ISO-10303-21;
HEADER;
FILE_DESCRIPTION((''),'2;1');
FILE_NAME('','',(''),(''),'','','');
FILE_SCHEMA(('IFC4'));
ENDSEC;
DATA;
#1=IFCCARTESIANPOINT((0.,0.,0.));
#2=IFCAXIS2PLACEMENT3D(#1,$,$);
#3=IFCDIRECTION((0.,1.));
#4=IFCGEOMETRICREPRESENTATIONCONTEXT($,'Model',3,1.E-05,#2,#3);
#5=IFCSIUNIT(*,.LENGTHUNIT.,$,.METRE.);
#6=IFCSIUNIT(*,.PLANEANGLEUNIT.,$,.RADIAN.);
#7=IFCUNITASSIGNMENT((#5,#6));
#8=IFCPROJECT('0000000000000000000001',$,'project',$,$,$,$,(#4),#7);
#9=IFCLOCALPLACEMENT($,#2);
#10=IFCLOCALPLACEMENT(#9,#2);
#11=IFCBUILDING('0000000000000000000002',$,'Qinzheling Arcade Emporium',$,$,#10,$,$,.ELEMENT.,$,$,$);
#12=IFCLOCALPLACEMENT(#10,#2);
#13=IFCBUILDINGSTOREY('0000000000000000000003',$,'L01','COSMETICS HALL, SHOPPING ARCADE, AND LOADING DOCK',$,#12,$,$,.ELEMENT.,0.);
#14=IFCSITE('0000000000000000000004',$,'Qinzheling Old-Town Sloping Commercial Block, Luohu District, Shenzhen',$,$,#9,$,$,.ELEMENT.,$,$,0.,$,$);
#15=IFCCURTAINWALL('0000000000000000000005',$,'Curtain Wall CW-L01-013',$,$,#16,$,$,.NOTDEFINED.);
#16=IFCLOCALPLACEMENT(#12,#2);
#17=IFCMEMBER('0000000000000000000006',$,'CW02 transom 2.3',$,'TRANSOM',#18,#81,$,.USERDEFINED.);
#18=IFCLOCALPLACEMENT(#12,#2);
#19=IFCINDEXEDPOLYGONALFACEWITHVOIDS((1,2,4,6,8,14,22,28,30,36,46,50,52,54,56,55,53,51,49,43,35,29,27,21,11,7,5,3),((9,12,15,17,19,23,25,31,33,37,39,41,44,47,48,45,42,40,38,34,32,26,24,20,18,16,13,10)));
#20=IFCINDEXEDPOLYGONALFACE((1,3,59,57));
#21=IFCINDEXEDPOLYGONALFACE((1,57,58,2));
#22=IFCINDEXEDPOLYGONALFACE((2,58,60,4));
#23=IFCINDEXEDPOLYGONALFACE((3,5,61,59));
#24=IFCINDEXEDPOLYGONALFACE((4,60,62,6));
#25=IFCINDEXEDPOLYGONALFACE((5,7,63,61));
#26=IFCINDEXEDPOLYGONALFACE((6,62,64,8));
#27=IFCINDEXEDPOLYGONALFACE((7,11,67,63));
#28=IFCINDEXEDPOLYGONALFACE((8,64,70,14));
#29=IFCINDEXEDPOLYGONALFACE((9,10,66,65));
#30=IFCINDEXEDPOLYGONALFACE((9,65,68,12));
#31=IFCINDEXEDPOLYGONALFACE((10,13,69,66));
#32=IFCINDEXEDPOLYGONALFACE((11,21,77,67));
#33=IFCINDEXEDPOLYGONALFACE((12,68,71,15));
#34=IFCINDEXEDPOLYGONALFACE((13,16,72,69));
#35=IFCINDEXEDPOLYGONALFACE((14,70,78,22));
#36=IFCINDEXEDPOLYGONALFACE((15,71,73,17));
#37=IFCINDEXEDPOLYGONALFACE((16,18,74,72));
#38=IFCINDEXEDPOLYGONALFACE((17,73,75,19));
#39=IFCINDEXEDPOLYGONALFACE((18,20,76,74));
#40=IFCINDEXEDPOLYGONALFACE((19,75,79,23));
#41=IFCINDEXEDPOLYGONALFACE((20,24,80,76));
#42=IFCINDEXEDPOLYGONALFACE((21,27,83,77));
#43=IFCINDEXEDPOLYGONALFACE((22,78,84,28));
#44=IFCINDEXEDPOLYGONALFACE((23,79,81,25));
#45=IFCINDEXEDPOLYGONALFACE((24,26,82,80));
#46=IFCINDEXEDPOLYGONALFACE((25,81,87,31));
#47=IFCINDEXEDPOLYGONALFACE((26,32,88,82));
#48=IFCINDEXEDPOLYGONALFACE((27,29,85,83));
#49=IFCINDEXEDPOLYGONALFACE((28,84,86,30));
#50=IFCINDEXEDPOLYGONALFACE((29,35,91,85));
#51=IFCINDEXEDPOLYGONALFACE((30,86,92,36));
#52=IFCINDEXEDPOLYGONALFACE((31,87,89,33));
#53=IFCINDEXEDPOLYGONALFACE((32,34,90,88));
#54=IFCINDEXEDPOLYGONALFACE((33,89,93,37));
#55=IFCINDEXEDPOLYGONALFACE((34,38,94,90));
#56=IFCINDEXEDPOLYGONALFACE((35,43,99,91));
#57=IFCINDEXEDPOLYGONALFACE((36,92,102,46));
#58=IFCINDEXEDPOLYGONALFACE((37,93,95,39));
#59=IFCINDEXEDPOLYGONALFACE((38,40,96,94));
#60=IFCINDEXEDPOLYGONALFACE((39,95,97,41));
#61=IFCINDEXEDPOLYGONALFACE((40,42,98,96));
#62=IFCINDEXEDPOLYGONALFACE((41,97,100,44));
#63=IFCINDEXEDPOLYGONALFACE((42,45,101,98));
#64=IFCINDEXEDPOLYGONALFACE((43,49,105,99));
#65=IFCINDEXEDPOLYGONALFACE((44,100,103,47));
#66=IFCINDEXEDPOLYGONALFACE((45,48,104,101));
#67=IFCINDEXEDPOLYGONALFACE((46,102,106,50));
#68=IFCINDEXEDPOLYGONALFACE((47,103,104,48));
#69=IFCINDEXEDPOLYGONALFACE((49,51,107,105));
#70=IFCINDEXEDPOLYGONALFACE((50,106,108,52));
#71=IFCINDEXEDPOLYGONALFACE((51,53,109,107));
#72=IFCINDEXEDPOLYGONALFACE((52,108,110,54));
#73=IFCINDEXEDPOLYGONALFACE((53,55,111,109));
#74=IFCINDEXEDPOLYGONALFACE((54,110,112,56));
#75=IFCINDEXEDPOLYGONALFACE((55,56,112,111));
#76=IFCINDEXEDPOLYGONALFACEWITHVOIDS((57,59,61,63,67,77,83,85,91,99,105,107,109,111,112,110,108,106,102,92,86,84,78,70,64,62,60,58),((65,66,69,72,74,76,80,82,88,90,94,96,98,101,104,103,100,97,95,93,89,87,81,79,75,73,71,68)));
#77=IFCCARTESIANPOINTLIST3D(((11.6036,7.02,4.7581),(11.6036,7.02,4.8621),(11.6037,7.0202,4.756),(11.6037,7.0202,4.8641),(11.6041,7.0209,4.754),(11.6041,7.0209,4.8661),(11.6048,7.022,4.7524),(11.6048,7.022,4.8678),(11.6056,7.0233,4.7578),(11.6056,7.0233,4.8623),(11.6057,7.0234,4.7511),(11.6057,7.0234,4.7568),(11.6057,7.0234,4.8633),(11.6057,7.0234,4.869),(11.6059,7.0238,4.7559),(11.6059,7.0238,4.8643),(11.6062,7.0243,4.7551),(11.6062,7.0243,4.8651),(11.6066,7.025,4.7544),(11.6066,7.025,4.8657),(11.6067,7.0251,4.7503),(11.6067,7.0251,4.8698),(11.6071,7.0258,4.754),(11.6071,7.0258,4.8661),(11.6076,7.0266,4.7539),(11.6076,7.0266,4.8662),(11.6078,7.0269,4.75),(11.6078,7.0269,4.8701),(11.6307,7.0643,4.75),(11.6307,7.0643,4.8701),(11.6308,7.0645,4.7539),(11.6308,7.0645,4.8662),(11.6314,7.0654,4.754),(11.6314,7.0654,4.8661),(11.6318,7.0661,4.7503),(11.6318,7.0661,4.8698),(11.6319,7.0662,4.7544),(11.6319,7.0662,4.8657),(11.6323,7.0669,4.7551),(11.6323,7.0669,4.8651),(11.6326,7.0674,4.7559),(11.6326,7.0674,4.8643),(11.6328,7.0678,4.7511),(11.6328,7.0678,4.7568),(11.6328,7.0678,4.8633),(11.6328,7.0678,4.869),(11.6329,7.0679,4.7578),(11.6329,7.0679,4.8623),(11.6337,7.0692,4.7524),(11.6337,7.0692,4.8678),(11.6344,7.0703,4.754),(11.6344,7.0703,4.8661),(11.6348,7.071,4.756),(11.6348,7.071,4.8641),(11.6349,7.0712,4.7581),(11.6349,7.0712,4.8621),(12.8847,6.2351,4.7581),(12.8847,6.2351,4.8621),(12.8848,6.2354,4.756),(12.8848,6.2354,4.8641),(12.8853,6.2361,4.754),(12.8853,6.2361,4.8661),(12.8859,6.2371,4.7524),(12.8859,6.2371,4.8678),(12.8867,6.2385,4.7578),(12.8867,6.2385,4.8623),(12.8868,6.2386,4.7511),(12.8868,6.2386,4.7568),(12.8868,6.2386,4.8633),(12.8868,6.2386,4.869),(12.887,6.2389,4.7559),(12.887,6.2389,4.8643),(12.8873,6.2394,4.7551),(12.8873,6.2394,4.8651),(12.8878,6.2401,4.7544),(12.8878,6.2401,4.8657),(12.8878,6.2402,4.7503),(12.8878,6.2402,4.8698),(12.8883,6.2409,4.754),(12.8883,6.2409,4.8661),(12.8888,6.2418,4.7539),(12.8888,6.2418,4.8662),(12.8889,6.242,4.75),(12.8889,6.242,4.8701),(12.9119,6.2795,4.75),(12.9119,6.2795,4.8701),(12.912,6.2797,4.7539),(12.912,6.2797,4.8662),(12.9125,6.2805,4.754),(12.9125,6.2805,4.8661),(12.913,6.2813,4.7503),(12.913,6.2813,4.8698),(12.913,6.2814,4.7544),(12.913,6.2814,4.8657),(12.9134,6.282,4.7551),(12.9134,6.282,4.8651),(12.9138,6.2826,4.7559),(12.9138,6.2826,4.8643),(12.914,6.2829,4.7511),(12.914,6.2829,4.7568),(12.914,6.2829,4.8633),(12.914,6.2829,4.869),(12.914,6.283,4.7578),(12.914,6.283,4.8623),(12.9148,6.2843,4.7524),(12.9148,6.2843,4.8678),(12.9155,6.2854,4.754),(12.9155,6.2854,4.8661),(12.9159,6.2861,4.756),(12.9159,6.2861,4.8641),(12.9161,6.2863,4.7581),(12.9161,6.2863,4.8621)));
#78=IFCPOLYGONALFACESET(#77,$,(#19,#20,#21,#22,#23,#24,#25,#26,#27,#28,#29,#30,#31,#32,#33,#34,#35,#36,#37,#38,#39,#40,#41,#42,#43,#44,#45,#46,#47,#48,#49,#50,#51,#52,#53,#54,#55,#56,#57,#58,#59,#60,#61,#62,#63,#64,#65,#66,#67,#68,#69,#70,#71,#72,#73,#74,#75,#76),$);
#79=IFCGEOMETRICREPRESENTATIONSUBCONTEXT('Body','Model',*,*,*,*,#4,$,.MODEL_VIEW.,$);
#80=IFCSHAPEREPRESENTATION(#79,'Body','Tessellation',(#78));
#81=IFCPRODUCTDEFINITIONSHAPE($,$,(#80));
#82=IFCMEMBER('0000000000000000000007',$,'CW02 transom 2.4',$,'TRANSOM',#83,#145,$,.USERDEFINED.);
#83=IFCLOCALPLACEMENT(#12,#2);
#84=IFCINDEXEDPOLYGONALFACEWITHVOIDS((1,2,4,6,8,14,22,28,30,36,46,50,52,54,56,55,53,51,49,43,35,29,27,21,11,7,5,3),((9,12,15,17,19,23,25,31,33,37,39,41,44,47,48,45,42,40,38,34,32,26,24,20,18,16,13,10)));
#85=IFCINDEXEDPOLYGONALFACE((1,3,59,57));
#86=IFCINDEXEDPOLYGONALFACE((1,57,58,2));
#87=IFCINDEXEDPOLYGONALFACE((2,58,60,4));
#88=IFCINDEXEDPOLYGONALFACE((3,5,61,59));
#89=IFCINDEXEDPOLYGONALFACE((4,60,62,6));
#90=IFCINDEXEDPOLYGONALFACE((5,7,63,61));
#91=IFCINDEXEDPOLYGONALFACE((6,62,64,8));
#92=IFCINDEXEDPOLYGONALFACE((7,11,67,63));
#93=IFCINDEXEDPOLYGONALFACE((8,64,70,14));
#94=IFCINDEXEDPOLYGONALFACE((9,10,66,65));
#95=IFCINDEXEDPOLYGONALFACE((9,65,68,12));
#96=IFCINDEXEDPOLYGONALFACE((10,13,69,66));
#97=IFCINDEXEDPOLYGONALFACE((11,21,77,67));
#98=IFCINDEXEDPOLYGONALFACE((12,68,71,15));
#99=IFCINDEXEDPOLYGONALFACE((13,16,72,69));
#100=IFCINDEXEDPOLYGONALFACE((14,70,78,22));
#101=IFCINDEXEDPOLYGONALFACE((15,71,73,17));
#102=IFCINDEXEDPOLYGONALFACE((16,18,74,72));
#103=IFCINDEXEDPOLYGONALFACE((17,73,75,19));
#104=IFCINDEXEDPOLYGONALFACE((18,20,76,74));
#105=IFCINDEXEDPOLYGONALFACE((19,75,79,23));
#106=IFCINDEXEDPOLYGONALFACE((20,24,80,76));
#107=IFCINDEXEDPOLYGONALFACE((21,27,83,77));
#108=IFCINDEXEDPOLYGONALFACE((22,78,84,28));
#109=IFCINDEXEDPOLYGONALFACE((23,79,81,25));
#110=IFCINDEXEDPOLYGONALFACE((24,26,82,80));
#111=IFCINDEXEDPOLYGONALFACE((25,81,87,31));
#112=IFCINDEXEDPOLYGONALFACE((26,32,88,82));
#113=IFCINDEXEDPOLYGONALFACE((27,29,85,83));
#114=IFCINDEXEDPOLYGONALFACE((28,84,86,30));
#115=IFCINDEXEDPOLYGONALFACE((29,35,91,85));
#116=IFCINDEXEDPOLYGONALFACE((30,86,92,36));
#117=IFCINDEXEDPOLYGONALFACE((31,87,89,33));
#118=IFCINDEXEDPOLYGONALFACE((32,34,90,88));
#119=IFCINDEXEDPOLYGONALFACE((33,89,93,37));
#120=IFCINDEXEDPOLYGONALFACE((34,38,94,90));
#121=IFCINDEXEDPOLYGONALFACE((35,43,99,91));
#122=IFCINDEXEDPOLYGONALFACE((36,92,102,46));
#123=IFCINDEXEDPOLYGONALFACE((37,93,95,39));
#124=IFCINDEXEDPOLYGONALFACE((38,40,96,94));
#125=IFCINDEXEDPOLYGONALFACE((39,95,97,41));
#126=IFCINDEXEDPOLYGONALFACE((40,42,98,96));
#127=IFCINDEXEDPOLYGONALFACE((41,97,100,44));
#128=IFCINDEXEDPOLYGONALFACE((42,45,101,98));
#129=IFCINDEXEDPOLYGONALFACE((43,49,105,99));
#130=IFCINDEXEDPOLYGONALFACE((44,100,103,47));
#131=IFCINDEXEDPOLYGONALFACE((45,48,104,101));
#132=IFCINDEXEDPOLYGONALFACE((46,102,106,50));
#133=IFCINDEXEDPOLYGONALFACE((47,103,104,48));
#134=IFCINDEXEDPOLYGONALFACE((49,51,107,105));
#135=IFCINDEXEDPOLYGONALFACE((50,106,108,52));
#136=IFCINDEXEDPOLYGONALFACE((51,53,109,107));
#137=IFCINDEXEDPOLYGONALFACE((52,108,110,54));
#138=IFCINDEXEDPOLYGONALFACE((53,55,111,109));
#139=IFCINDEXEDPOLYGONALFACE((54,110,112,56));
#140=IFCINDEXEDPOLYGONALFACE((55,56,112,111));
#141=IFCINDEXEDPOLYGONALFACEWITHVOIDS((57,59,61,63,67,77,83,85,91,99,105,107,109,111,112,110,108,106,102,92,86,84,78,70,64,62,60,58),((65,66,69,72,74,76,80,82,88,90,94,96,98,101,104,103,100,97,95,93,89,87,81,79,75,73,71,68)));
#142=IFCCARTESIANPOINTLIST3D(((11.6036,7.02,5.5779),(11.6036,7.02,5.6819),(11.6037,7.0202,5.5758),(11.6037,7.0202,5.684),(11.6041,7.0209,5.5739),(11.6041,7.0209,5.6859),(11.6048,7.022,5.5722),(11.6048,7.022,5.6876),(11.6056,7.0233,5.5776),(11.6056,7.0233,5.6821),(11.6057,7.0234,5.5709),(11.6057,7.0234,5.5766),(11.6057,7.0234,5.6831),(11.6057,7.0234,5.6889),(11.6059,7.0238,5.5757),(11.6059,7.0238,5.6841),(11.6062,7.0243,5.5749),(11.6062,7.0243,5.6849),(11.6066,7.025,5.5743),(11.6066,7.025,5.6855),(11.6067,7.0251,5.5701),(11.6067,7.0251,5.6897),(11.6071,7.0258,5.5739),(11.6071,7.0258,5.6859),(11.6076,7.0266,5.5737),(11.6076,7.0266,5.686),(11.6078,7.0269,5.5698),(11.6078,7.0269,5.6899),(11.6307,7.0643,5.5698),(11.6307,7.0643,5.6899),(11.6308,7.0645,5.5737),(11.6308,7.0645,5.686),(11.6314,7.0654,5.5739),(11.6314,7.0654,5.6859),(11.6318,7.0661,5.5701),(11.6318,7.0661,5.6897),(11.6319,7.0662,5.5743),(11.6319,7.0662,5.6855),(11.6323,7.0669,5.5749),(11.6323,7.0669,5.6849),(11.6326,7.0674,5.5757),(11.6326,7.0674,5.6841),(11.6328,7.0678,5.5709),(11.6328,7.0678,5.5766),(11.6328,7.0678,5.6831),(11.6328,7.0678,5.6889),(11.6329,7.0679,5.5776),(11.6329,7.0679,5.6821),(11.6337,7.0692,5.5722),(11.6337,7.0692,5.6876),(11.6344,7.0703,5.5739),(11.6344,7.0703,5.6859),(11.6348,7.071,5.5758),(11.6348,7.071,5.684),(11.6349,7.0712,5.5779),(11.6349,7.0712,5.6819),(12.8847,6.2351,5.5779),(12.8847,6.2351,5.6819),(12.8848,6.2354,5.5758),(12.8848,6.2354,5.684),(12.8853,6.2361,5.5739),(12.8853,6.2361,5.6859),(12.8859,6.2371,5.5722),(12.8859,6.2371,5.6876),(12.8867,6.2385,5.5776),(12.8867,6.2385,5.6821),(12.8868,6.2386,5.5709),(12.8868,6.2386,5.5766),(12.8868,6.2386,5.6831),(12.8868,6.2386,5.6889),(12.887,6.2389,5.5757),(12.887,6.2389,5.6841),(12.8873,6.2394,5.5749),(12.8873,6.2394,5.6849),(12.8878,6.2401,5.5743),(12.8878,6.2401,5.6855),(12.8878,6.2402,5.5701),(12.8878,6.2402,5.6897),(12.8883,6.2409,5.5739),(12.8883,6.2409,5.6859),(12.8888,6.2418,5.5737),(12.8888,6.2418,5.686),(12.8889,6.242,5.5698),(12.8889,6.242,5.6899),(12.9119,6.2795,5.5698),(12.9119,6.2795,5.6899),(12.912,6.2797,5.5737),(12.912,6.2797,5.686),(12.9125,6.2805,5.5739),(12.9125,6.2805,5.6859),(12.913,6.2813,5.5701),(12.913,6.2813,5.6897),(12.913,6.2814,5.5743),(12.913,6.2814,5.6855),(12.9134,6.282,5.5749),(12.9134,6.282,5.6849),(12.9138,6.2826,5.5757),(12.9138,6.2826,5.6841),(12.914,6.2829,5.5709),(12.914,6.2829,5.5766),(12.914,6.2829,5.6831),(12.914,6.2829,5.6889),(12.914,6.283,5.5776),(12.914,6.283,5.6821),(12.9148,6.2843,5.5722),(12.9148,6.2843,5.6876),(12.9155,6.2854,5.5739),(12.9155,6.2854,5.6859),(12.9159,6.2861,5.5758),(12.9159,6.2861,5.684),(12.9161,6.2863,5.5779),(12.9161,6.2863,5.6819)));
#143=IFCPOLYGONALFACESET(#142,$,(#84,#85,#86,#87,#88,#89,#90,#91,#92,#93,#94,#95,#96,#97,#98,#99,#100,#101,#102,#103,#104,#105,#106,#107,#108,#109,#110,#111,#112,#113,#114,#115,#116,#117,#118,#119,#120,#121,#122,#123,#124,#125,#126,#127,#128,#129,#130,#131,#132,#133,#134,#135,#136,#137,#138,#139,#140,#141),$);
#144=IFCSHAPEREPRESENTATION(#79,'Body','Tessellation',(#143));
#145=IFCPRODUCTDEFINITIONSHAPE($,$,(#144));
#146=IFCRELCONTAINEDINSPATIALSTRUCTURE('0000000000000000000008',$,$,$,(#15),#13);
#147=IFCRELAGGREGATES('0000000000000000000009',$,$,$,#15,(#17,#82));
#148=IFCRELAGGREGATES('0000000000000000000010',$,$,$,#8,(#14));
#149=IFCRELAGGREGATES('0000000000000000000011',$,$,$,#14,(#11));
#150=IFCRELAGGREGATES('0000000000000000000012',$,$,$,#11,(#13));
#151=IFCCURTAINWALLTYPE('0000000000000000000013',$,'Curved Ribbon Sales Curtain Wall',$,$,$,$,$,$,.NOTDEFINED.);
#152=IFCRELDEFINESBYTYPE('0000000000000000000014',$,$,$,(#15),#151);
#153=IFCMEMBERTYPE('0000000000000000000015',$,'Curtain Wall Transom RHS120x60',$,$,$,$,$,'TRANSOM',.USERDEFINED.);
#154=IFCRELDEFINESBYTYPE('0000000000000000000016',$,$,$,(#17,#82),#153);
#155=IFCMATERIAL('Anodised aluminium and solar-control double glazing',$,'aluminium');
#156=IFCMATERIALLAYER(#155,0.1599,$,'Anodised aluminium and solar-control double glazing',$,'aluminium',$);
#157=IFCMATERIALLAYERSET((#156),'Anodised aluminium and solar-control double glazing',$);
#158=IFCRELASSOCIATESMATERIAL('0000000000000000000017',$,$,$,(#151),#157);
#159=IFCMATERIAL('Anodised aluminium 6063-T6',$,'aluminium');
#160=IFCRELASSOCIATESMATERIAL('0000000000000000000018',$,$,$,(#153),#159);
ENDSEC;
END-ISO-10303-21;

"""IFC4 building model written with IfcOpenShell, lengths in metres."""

from ifc_helpers import new_model, si_unit, direction, frame, origin, origin_2d, place, context, subcontext, project, spatial, hollow_rectangle, extrude, material, layer, layer_set, material_profile, profile_set, type_object, element, aggregate, save


model = new_model("IFC4")

# Units and contexts
model_context = context("Model", 3, precision=1e-05, world=origin(), true_north=direction((0.0, 1.0)))
body_context = subcontext(model_context, "Body", "Model", "MODEL_VIEW")
ifc_project = project(units=[si_unit("LENGTHUNIT", "METRE"), si_unit("PLANEANGLEUNIT", "RADIAN")], contexts=[model_context])

# Site, building, storey
site_placement = place(None, origin())
site = spatial("IfcSite", under=ifc_project, at=site_placement, Name="Qinzheling Old-Town Sloping Commercial Block, Luohu District, Shenzhen", CompositionType="ELEMENT", RefElevation=0.0)
building_placement = place(site_placement, origin())
building = spatial("IfcBuilding", under=site, at=building_placement, Name="Qinzheling Arcade Emporium", CompositionType="ELEMENT")
storey_placement = place(building_placement, origin())
storey = spatial("IfcBuildingStorey", under=building, at=storey_placement, Name="L01", Description="COSMETICS HALL, SHOPPING ARCADE, AND LOADING DOCK", CompositionType="ELEMENT", Elevation=0.0)

# Shared definitions
ifc_material_1 = material(Name="Anodised aluminium and solar-control double glazing", Category="aluminium")
ifc_layer_1 = layer(ifc_material_1, 0.1599, Name="Anodised aluminium and solar-control double glazing", Category="aluminium")
ifc_layer_set_1 = layer_set([ifc_layer_1], Name="Anodised aluminium and solar-control double glazing")
curtain_wall_type = type_object("IfcCurtainWallType", Name="Curved Ribbon Sales Curtain Wall", PredefinedType="NOTDEFINED", material=ifc_layer_set_1)
ifc_material_2 = material(Name="Anodised aluminium 6063-T6", Category="aluminium")

# Curtain wall
curtain_wall_1_placement = place(storey_placement, origin())
curtain_wall_1 = element("IfcCurtainWall", 1, at=curtain_wall_1_placement, inside=storey, type_object=curtain_wall_type, Name="Curtain Wall CW-L01-013", PredefinedType="NOTDEFINED")

# Members
ifc_material_profile_1 = material_profile(ifc_material_2, hollow_rectangle(XDim=0.0601, YDim=0.1201, WallThickness=0.0039, InnerFilletRadius=0.0039, OuterFilletRadius=0.0081, at=origin_2d()), Name="RHS 120x60x4", Category="aluminium")
ifc_profile_set_1 = profile_set([ifc_material_profile_1], Name="Anodised aluminium 6063-T6")
member_type_1 = type_object("IfcMemberType", Name="Curtain Wall Transom RHS120x60", ElementType="TRANSOM", PredefinedType="USERDEFINED", material=ifc_profile_set_1)
member_1_placement = place(storey_placement, frame((12.9004, 6.2607, 4.8101), z_axis=(-0.852711, 0.522383, 0.0), x_axis=(-0.522383, -0.852711, 0.0)))
member_1 = element("IfcMember", 2, at=member_1_placement, type_object=member_type_1, Name="CW02 transom 2.3", ObjectType="TRANSOM", PredefinedType="USERDEFINED", context=body_context, shape_type="SweptSolid", body=[
    extrude(hollow_rectangle(XDim=0.0601, YDim=0.1201, WallThickness=0.0039, InnerFilletRadius=0.0039, OuterFilletRadius=0.0081, at=origin_2d()), origin(), (0.0, 0.0, 1.0), 1.5024),
])
member_2_placement = place(storey_placement, frame((12.9004, 6.2607, 5.6299), z_axis=(-0.852711, 0.522383, 0.0), x_axis=(-0.522383, -0.852711, 0.0)))
member_2 = element("IfcMember", 3, at=member_2_placement, type_object=member_type_1, Name="CW02 transom 2.4", ObjectType="TRANSOM", PredefinedType="USERDEFINED", context=body_context, shape_type="SweptSolid", body=[
    extrude(hollow_rectangle(XDim=0.0601, YDim=0.1201, WallThickness=0.0039, InnerFilletRadius=0.0039, OuterFilletRadius=0.0081, at=origin_2d()), origin(), (0.0, 0.0, 1.0), 1.5024),
])

aggregate(curtain_wall_1, [member_1, member_2])

save(model, "model.ifc")
